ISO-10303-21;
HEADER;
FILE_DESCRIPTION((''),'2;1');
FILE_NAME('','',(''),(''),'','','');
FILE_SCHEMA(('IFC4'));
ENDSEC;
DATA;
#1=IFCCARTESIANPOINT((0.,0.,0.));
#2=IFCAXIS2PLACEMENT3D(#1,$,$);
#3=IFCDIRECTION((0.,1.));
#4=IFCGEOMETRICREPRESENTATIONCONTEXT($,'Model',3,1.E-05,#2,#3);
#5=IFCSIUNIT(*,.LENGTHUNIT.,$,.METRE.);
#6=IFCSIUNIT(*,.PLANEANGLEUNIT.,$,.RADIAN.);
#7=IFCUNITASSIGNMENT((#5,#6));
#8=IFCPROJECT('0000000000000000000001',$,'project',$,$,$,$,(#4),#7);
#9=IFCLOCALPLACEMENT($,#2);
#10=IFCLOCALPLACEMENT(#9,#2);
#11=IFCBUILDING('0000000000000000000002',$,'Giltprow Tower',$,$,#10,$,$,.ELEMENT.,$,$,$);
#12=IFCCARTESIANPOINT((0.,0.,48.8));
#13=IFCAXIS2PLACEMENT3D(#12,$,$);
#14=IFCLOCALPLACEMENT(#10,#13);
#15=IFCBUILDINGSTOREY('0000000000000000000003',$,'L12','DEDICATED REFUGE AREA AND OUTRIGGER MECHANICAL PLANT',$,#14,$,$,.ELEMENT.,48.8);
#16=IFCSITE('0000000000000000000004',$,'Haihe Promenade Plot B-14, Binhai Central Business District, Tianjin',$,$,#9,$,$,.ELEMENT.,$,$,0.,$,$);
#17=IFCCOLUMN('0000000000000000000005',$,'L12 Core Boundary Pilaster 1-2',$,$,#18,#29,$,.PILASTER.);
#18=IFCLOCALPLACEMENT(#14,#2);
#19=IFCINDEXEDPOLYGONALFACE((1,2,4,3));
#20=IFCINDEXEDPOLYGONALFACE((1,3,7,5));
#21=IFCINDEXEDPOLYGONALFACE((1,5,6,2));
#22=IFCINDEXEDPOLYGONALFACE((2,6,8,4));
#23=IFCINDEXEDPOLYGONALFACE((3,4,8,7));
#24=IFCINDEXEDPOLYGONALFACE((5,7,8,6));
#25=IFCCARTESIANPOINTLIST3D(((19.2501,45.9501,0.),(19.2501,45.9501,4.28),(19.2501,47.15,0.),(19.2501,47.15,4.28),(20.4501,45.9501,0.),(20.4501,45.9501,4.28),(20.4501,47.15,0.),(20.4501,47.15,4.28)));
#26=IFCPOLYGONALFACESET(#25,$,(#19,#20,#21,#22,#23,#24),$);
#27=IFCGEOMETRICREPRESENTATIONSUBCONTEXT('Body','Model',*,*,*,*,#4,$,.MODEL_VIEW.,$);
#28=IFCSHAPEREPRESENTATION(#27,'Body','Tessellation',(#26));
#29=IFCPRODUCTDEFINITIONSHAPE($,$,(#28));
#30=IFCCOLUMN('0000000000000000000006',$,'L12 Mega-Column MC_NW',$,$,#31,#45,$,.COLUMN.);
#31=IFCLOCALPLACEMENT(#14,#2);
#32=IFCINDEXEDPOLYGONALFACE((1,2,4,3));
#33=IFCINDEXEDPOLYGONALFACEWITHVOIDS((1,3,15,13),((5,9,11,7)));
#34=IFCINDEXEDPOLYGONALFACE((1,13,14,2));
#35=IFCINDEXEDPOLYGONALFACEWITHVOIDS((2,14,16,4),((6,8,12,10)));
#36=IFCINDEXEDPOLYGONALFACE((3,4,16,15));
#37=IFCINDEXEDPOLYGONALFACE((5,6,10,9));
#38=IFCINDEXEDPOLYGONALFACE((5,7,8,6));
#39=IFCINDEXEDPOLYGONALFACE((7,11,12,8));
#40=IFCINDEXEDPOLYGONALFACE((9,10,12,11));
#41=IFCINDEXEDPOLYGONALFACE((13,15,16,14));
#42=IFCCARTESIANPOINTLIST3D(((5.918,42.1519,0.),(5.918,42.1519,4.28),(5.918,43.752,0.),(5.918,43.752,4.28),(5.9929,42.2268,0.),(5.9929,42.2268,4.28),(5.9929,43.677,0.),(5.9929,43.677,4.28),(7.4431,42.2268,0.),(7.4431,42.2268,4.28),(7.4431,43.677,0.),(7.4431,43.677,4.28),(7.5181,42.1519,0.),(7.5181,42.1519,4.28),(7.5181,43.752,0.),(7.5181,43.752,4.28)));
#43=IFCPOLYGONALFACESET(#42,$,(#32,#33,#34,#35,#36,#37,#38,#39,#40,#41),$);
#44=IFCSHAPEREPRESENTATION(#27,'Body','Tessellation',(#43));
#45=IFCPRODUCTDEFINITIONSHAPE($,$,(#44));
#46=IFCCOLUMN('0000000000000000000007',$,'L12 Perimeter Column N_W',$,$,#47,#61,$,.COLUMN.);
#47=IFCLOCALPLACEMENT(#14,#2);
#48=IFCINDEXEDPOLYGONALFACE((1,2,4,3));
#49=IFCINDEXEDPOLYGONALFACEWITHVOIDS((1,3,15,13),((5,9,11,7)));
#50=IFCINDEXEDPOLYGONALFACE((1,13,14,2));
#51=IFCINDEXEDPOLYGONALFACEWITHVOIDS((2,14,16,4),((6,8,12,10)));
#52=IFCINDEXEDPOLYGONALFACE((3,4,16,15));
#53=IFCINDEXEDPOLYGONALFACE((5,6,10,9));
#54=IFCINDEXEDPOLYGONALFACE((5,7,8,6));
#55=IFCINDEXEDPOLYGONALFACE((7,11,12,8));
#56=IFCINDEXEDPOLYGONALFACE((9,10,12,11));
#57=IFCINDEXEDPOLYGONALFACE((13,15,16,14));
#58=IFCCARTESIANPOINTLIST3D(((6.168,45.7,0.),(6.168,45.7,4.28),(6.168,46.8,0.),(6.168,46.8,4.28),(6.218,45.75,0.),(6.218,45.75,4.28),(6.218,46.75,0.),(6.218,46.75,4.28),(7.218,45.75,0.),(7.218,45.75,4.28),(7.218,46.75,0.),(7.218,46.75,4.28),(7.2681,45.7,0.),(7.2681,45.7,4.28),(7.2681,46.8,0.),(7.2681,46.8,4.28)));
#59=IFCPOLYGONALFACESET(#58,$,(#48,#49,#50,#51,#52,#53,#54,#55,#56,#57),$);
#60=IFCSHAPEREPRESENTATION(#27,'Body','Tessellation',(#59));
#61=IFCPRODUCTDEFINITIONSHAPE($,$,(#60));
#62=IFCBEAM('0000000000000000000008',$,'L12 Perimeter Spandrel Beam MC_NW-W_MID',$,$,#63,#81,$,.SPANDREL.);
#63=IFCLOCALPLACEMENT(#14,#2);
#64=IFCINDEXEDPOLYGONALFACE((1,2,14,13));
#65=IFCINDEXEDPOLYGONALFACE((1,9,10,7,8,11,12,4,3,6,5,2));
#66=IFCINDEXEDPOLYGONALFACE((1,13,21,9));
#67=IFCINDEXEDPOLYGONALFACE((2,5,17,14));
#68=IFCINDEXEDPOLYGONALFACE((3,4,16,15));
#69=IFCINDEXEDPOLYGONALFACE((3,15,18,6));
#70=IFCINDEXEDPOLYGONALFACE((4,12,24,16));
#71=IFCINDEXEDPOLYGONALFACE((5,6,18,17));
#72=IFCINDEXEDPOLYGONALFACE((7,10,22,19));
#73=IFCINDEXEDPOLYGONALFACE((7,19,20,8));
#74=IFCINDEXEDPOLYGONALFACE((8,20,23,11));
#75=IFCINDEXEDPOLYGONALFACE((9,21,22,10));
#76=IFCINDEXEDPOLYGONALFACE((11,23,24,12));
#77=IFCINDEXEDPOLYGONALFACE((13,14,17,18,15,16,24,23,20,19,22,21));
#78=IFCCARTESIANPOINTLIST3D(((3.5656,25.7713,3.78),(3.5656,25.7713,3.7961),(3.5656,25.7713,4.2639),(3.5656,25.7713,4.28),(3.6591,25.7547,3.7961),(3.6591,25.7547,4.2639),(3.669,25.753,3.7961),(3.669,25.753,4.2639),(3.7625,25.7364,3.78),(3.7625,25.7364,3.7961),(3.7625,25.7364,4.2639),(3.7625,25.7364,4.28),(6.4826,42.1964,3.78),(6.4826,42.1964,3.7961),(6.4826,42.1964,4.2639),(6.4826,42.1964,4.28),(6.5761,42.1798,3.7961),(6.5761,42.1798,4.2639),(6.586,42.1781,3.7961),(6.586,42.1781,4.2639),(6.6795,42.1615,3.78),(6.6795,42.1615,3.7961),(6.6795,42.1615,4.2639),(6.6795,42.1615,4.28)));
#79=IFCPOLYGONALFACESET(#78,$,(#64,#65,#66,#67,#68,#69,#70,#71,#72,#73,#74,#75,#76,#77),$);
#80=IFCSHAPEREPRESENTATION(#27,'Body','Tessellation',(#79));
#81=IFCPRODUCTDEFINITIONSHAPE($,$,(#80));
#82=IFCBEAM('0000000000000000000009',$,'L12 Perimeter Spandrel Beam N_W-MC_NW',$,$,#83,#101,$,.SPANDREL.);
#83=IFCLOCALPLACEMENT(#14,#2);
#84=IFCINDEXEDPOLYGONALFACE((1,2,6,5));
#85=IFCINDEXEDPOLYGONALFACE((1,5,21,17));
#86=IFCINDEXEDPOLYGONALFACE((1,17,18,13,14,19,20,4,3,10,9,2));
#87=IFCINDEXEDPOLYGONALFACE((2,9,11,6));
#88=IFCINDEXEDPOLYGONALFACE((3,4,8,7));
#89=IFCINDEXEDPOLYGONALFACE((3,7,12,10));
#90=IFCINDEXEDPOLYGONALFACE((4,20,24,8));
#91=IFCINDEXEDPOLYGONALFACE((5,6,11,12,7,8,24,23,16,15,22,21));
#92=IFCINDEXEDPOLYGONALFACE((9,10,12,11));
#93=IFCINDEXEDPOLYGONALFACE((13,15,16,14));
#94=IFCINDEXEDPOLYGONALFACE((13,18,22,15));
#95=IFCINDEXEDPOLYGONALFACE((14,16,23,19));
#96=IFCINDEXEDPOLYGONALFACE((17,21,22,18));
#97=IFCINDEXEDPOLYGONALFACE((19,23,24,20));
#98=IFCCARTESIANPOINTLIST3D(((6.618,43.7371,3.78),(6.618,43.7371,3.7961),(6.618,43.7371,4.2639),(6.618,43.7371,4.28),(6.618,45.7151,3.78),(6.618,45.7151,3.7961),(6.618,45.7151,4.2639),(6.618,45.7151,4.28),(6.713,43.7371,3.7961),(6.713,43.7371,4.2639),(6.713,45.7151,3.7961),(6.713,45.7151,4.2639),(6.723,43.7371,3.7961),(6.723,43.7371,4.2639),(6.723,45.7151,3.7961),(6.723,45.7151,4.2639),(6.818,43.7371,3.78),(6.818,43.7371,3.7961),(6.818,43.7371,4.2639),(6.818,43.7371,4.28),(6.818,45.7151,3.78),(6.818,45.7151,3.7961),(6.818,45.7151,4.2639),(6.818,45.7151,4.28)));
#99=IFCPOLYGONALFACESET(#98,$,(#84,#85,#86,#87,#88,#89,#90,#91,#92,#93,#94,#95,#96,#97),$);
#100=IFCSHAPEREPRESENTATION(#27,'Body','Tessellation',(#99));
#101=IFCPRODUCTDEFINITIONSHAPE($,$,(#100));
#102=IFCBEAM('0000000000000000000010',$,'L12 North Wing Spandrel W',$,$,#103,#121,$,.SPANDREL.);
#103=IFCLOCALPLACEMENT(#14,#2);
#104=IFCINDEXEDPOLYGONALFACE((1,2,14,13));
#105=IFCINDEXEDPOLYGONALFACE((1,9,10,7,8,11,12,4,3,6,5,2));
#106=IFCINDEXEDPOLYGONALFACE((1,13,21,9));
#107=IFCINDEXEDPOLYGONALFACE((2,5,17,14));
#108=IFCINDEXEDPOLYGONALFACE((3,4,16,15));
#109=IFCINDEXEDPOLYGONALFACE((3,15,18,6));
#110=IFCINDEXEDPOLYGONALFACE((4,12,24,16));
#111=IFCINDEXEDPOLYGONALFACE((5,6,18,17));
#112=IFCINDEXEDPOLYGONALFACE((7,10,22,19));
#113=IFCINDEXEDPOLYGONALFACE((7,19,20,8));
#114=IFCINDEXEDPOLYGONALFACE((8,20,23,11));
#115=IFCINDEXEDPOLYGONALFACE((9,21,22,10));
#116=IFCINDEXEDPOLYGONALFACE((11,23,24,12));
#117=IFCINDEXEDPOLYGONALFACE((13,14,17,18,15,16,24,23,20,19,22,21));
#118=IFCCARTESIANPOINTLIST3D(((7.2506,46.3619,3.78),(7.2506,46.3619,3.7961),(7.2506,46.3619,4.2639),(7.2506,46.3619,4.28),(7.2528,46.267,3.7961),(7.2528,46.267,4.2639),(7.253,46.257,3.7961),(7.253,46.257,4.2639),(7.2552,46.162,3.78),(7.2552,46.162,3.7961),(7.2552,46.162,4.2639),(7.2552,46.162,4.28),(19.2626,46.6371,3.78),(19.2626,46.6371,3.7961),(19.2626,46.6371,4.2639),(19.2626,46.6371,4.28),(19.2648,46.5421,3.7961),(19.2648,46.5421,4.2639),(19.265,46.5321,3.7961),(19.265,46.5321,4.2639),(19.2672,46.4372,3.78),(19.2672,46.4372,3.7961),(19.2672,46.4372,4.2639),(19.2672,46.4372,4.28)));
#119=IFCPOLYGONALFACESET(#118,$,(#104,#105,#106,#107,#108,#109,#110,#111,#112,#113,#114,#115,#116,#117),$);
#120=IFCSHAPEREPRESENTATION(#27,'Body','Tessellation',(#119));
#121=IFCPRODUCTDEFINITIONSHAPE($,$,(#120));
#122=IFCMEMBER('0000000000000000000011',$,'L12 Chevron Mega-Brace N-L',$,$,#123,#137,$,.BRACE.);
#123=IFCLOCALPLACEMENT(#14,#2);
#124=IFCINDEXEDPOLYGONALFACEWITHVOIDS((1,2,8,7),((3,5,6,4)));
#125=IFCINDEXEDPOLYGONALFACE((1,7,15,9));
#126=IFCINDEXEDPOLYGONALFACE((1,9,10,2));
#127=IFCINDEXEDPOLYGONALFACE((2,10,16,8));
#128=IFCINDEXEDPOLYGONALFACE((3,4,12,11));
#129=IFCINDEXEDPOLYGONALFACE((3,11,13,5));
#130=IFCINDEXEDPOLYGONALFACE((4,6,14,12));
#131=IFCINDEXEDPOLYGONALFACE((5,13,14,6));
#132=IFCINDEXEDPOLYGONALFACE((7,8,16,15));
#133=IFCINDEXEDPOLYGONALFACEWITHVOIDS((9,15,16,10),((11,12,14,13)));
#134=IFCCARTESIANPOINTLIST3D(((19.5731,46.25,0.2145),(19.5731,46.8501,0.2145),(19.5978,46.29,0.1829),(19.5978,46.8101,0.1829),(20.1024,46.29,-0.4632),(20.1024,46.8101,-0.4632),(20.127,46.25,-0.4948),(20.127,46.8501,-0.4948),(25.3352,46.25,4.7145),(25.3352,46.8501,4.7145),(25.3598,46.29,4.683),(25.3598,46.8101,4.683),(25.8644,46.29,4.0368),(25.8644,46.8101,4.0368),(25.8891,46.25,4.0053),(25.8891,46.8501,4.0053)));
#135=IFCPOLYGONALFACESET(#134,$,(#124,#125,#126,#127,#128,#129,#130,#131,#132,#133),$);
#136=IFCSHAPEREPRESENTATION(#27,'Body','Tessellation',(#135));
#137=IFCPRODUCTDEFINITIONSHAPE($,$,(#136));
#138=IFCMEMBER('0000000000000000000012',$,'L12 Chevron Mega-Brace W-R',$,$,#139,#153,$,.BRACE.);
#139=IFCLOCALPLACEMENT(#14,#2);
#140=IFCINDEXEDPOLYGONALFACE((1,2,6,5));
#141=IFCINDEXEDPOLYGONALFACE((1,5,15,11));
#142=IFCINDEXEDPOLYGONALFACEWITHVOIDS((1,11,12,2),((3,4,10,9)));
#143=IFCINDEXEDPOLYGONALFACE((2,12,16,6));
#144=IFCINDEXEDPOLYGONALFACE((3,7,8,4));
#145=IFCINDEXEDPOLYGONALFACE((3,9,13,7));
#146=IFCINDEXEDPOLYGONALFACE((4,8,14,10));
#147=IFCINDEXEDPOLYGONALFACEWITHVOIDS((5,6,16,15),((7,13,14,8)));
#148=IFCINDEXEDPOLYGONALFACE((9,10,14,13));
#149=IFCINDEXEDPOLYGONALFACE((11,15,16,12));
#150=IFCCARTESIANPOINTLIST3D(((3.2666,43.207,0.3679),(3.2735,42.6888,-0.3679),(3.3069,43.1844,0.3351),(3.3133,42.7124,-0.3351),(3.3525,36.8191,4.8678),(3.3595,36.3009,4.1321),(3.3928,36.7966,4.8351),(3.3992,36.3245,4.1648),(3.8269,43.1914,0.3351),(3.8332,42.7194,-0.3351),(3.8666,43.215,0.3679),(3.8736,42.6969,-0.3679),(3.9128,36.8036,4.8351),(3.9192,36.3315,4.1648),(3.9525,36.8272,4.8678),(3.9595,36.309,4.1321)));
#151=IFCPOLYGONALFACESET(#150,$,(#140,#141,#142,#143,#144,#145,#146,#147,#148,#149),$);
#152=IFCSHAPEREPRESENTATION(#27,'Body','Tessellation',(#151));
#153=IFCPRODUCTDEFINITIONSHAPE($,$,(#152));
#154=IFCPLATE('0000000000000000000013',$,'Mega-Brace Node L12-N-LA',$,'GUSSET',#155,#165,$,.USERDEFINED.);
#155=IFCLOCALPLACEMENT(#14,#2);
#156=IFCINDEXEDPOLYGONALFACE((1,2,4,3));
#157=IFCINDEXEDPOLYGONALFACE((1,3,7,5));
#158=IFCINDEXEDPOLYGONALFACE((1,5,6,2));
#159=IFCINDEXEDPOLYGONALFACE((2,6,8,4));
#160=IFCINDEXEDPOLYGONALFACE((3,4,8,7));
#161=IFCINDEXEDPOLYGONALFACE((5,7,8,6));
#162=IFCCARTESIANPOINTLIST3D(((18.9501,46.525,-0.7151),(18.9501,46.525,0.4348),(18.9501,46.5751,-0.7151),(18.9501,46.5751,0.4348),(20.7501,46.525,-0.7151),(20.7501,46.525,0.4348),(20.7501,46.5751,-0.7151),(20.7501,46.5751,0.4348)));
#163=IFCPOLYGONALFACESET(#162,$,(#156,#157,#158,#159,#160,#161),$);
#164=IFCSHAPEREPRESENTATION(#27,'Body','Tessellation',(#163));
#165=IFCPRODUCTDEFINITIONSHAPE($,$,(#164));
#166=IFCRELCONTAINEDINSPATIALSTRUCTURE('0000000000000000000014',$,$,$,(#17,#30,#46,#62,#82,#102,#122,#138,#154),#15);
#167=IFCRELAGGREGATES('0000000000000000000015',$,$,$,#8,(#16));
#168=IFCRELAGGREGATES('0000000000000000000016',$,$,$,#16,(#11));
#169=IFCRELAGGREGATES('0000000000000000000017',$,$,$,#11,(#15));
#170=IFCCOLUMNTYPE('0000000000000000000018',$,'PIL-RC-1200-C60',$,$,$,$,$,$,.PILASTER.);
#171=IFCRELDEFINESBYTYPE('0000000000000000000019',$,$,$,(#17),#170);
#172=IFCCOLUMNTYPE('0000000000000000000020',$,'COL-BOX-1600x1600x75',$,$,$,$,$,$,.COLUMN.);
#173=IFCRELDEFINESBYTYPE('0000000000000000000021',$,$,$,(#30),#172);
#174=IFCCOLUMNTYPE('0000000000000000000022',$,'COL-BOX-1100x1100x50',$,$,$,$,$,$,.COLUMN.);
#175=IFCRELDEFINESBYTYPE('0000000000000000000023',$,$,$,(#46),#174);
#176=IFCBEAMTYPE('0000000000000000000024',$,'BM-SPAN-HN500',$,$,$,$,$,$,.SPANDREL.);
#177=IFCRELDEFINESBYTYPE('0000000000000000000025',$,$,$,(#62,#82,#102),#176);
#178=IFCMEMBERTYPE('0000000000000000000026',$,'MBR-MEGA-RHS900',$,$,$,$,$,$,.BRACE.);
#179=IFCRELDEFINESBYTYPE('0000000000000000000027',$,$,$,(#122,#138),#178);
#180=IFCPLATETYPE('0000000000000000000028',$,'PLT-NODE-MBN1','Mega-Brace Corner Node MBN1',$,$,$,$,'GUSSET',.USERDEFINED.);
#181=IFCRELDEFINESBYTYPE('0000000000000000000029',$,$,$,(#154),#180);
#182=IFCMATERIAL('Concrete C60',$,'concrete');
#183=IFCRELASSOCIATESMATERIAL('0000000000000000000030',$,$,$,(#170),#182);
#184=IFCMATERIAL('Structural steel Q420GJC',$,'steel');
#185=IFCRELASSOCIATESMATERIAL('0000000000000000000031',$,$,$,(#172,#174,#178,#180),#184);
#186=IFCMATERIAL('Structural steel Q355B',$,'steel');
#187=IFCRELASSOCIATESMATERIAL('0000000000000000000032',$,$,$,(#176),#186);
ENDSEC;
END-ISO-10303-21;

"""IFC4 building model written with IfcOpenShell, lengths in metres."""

from ifc_helpers import new_model, si_unit, direction, frame, origin, origin_2d, place, context, subcontext, project, spatial, rectangle, hollow_rectangle, i_section, extrude, source, transform, mapped, material, material_profile, profile_set, type_object, element, save


model = new_model("IFC4")

# Units and contexts
model_context = context("Model", 3, precision=1e-05, world=origin(), true_north=direction((0.0, 1.0)))
body_context = subcontext(model_context, "Body", "Model", "MODEL_VIEW")
ifc_project = project(units=[si_unit("LENGTHUNIT", "METRE"), si_unit("PLANEANGLEUNIT", "RADIAN")], contexts=[model_context])

# Site, building, storey
site_placement = place(None, origin())
site = spatial("IfcSite", under=ifc_project, at=site_placement, Name="Haihe Promenade Plot B-14, Binhai Central Business District, Tianjin", CompositionType="ELEMENT", RefElevation=0.0)
building_placement = place(site_placement, origin())
building = spatial("IfcBuilding", under=site, at=building_placement, Name="Giltprow Tower", CompositionType="ELEMENT")
storey_placement = place(building_placement, frame((0.0, 0.0, 48.8)))
storey = spatial("IfcBuildingStorey", under=building, at=storey_placement, Name="L12", Description="DEDICATED REFUGE AREA AND OUTRIGGER MECHANICAL PLANT", CompositionType="ELEMENT", Elevation=48.8)

# Columns
ifc_material_1 = material(Name="Concrete C60", Category="concrete")
ifc_material_profile_1 = material_profile(ifc_material_1, rectangle(XDim=1.2, YDim=1.2, at=origin_2d()), Name="RC 1200x1200")
ifc_profile_set_1 = profile_set([ifc_material_profile_1], Name="Concrete C60")
column_type_1 = type_object("IfcColumnType", Name="PIL-RC-1200-C60", PredefinedType="PILASTER", material=ifc_profile_set_1)
shared_shape_1 = source(origin(), body_context, "Body", "SweptSolid", [
    extrude(rectangle(XDim=1.2, YDim=1.2, at=origin_2d()), origin(), (0.0, 0.0, 1.0), 4.28),
])
column_1_placement = place(storey_placement, frame((19.8501, 46.55, 0.0), z_axis=(0.0, 0.0, 1.0), x_axis=(1.0, 0.0, 0.0)))
element("IfcColumn", 1, at=column_1_placement, inside=storey, type_object=column_type_1, Name="L12 Core Boundary Pilaster 1-2", PredefinedType="PILASTER", context=body_context, shape_type="MappedRepresentation", body=[
    mapped(shared_shape_1, transform((0.0, 0.0, 0.0), x_axis=(1.0, 0.0, 0.0), y_axis=(0.0, 1.0, 0.0), z_axis=(0.0, 0.0, 1.0), scale=1.0)),
])
ifc_material_2 = material(Name="Structural steel Q420GJC", Category="steel")
ifc_material_profile_2 = material_profile(ifc_material_2, hollow_rectangle(XDim=1.6001, YDim=1.6001, WallThickness=0.075, at=origin_2d()), Name="BOX 1600x1600x75")
ifc_profile_set_2 = profile_set([ifc_material_profile_2], Name="Structural steel Q420GJC")
column_type_2 = type_object("IfcColumnType", Name="COL-BOX-1600x1600x75", PredefinedType="COLUMN", material=ifc_profile_set_2)
shared_shape_2 = source(origin(), body_context, "Body", "SweptSolid", [
    extrude(hollow_rectangle(XDim=1.6001, YDim=1.6001, WallThickness=0.075, at=origin_2d()), origin(), (0.0, 0.0, 1.0), 4.28),
])
column_2_placement = place(storey_placement, frame((6.718, 42.9519, 0.0), z_axis=(0.0, 0.0, 1.0), x_axis=(1.0, 0.0, 0.0)))
element("IfcColumn", 2, at=column_2_placement, inside=storey, type_object=column_type_2, Name="L12 Mega-Column MC_NW", PredefinedType="COLUMN", context=body_context, shape_type="MappedRepresentation", body=[
    mapped(shared_shape_2, transform((0.0, 0.0, 0.0), x_axis=(1.0, 0.0, 0.0), y_axis=(0.0, 1.0, 0.0), z_axis=(0.0, 0.0, 1.0), scale=1.0)),
])
ifc_material_profile_3 = material_profile(ifc_material_2, hollow_rectangle(XDim=1.1001, YDim=1.1001, WallThickness=0.05, at=origin_2d()), Name="BOX 1100x1100x50")
ifc_profile_set_3 = profile_set([ifc_material_profile_3], Name="Structural steel Q420GJC")
column_type_3 = type_object("IfcColumnType", Name="COL-BOX-1100x1100x50", PredefinedType="COLUMN", material=ifc_profile_set_3)
shared_shape_3 = source(origin(), body_context, "Body", "SweptSolid", [
    extrude(hollow_rectangle(XDim=1.1001, YDim=1.1001, WallThickness=0.05, at=origin_2d()), origin(), (0.0, 0.0, 1.0), 4.28),
])
column_3_placement = place(storey_placement, frame((6.718, 46.25, 0.0), z_axis=(0.0, 0.0, 1.0), x_axis=(1.0, 0.0, 0.0)))
element("IfcColumn", 3, at=column_3_placement, inside=storey, type_object=column_type_3, Name="L12 Perimeter Column N_W", PredefinedType="COLUMN", context=body_context, shape_type="MappedRepresentation", body=[
    mapped(shared_shape_3, transform((0.0, 0.0, 0.0), x_axis=(1.0, 0.0, 0.0), y_axis=(0.0, 1.0, 0.0), z_axis=(0.0, 0.0, 1.0), scale=1.0)),
])

# Beams
ifc_material_3 = material(Name="Structural steel Q355B", Category="steel")
ifc_material_profile_4 = material_profile(ifc_material_3, i_section(OverallWidth=0.2, OverallDepth=0.5, WebThickness=0.01, FlangeThickness=0.0161, at=origin_2d()), Name="HN 500x200x10x16")
ifc_profile_set_4 = profile_set([ifc_material_profile_4], Name="Structural steel Q355B")
beam_type = type_object("IfcBeamType", Name="BM-SPAN-HN500", PredefinedType="SPANDREL", material=ifc_profile_set_4)
shared_shape_4 = source(origin(), body_context, "Body", "SweptSolid", [
    extrude(i_section(OverallWidth=0.2, OverallDepth=0.5, WebThickness=0.01, FlangeThickness=0.0161, at=origin_2d()), origin(), (0.0, 0.0, 1.0), 16.6821),
])
beam_1_placement = place(storey_placement, frame((6.5811, 42.179, 4.03), z_axis=(-0.174858, -0.984594, 0.0), x_axis=(0.984594, -0.174858, 0.0)))
element("IfcBeam", 4, at=beam_1_placement, inside=storey, type_object=beam_type, Name="L12 Perimeter Spandrel Beam MC_NW-W_MID", PredefinedType="SPANDREL", context=body_context, shape_type="MappedRepresentation", body=[
    mapped(shared_shape_4, transform((0.0, 0.0, 0.0), x_axis=(1.0, 0.0, 0.0), y_axis=(0.0, 1.0, 0.0), z_axis=(0.0, 0.0, 1.0), scale=1.0)),
])
shared_shape_5 = source(origin(), body_context, "Body", "SweptSolid", [
    extrude(i_section(OverallWidth=0.2, OverallDepth=0.5, WebThickness=0.01, FlangeThickness=0.0161, at=origin_2d()), origin(), (0.0, 0.0, 1.0), 1.978),
])
beam_2_placement = place(storey_placement, frame((6.718, 45.7151, 4.03), z_axis=(0.0, -1.0, 0.0), x_axis=(1.0, 0.0, 0.0)))
element("IfcBeam", 5, at=beam_2_placement, inside=storey, type_object=beam_type, Name="L12 Perimeter Spandrel Beam N_W-MC_NW", PredefinedType="SPANDREL", context=body_context, shape_type="MappedRepresentation", body=[
    mapped(shared_shape_5, transform((0.0, 0.0, 0.0), x_axis=(1.0, 0.0, 0.0), y_axis=(0.0, 1.0, 0.0), z_axis=(0.0, 0.0, 1.0), scale=1.0)),
])
shared_shape_6 = source(origin(), body_context, "Body", "SweptSolid", [
    extrude(i_section(OverallWidth=0.2, OverallDepth=0.5, WebThickness=0.01, FlangeThickness=0.0161, at=origin_2d()), origin(), (0.0, 0.0, 1.0), 12.0151),
])
beam_3_placement = place(storey_placement, frame((7.2529, 46.262, 4.03), z_axis=(0.999738, 0.0229, 0.0), x_axis=(-0.0229, 0.999738, 0.0)))
element("IfcBeam", 6, at=beam_3_placement, inside=storey, type_object=beam_type, Name="L12 North Wing Spandrel W", PredefinedType="SPANDREL", context=body_context, shape_type="MappedRepresentation", body=[
    mapped(shared_shape_6, transform((0.0, 0.0, 0.0), x_axis=(1.0, 0.0, 0.0), y_axis=(0.0, 1.0, 0.0), z_axis=(0.0, 0.0, 1.0), scale=1.0)),
])

# Members
ifc_material_profile_5 = material_profile(ifc_material_2, hollow_rectangle(XDim=0.6001, YDim=0.8999, WallThickness=0.04, at=origin_2d()), Name="RHS 900x600x40")
ifc_profile_set_5 = profile_set([ifc_material_profile_5], Name="Structural steel Q420GJC")
member_type = type_object("IfcMemberType", Name="MBR-MEGA-RHS900", PredefinedType="BRACE", material=ifc_profile_set_5)
shared_shape_7 = source(origin(), body_context, "Body", "SweptSolid", [
    extrude(hollow_rectangle(XDim=0.6001, YDim=0.8999, WallThickness=0.04, at=origin_2d()), origin(), (0.0, 0.0, 1.0), 7.311),
])
member_1_placement = place(storey_placement, frame((19.8501, 46.55, -0.1401), z_axis=(0.788126, 0.0, 0.615514), x_axis=(0.0, 1.0, 0.0)))
element("IfcMember", 7, at=member_1_placement, inside=storey, type_object=member_type, Name="L12 Chevron Mega-Brace N-L", PredefinedType="BRACE", context=body_context, shape_type="MappedRepresentation", body=[
    mapped(shared_shape_7, transform((0.0, 0.0, 0.0), x_axis=(1.0, 0.0, 0.0), y_axis=(0.0, 1.0, 0.0), z_axis=(0.0, 0.0, 1.0), scale=1.0)),
])
shared_shape_8 = source(origin(), body_context, "Body", "SweptSolid", [
    extrude(hollow_rectangle(XDim=0.6001, YDim=0.8999, WallThickness=0.04, at=origin_2d()), origin(), (0.0, 0.0, 1.0), 7.8142),
])
member_2_placement = place(storey_placement, frame((3.5701, 42.9519, 0.0), z_axis=(0.010997, -0.817469, 0.575868), x_axis=(0.99991, 0.013452, 0.0)))
element("IfcMember", 8, at=member_2_placement, inside=storey, type_object=member_type, Name="L12 Chevron Mega-Brace W-R", PredefinedType="BRACE", context=body_context, shape_type="MappedRepresentation", body=[
    mapped(shared_shape_8, transform((0.0, 0.0, 0.0), x_axis=(1.0, 0.0, 0.0), y_axis=(0.0, 1.0, 0.0), z_axis=(0.0, 0.0, 1.0), scale=1.0)),
])

# Plate
plate_type = type_object("IfcPlateType", Name="PLT-NODE-MBN1", Description="Mega-Brace Corner Node MBN1", ElementType="GUSSET", PredefinedType="USERDEFINED", material=ifc_material_2)
shared_shape_9 = source(origin(), body_context, "Body", "SweptSolid", [
    extrude(rectangle(XDim=1.8, YDim=0.05, at=origin_2d()), origin(), (0.0, 0.0, 1.0), 1.1499),
])
for number, where, z_axis, x_axis, name in (
    (9, (19.8501, 46.55, -0.7151), (0.0, 0.0, 1.0), (1.0, 0.0, 0.0), "Mega-Brace Node L12-N-LA"),
):
    element("IfcPlate", number, at=place(storey_placement, frame(where, z_axis=z_axis, x_axis=x_axis)), inside=storey, type_object=plate_type, Name=name, ObjectType="GUSSET", PredefinedType="USERDEFINED", context=body_context, shape_type="MappedRepresentation", body=[
        mapped(shared_shape_9, transform((0.0, 0.0, 0.0), x_axis=(1.0, 0.0, 0.0), y_axis=(0.0, 1.0, 0.0), z_axis=(0.0, 0.0, 1.0), scale=1.0)),
    ])

save(model, "model.ifc")
